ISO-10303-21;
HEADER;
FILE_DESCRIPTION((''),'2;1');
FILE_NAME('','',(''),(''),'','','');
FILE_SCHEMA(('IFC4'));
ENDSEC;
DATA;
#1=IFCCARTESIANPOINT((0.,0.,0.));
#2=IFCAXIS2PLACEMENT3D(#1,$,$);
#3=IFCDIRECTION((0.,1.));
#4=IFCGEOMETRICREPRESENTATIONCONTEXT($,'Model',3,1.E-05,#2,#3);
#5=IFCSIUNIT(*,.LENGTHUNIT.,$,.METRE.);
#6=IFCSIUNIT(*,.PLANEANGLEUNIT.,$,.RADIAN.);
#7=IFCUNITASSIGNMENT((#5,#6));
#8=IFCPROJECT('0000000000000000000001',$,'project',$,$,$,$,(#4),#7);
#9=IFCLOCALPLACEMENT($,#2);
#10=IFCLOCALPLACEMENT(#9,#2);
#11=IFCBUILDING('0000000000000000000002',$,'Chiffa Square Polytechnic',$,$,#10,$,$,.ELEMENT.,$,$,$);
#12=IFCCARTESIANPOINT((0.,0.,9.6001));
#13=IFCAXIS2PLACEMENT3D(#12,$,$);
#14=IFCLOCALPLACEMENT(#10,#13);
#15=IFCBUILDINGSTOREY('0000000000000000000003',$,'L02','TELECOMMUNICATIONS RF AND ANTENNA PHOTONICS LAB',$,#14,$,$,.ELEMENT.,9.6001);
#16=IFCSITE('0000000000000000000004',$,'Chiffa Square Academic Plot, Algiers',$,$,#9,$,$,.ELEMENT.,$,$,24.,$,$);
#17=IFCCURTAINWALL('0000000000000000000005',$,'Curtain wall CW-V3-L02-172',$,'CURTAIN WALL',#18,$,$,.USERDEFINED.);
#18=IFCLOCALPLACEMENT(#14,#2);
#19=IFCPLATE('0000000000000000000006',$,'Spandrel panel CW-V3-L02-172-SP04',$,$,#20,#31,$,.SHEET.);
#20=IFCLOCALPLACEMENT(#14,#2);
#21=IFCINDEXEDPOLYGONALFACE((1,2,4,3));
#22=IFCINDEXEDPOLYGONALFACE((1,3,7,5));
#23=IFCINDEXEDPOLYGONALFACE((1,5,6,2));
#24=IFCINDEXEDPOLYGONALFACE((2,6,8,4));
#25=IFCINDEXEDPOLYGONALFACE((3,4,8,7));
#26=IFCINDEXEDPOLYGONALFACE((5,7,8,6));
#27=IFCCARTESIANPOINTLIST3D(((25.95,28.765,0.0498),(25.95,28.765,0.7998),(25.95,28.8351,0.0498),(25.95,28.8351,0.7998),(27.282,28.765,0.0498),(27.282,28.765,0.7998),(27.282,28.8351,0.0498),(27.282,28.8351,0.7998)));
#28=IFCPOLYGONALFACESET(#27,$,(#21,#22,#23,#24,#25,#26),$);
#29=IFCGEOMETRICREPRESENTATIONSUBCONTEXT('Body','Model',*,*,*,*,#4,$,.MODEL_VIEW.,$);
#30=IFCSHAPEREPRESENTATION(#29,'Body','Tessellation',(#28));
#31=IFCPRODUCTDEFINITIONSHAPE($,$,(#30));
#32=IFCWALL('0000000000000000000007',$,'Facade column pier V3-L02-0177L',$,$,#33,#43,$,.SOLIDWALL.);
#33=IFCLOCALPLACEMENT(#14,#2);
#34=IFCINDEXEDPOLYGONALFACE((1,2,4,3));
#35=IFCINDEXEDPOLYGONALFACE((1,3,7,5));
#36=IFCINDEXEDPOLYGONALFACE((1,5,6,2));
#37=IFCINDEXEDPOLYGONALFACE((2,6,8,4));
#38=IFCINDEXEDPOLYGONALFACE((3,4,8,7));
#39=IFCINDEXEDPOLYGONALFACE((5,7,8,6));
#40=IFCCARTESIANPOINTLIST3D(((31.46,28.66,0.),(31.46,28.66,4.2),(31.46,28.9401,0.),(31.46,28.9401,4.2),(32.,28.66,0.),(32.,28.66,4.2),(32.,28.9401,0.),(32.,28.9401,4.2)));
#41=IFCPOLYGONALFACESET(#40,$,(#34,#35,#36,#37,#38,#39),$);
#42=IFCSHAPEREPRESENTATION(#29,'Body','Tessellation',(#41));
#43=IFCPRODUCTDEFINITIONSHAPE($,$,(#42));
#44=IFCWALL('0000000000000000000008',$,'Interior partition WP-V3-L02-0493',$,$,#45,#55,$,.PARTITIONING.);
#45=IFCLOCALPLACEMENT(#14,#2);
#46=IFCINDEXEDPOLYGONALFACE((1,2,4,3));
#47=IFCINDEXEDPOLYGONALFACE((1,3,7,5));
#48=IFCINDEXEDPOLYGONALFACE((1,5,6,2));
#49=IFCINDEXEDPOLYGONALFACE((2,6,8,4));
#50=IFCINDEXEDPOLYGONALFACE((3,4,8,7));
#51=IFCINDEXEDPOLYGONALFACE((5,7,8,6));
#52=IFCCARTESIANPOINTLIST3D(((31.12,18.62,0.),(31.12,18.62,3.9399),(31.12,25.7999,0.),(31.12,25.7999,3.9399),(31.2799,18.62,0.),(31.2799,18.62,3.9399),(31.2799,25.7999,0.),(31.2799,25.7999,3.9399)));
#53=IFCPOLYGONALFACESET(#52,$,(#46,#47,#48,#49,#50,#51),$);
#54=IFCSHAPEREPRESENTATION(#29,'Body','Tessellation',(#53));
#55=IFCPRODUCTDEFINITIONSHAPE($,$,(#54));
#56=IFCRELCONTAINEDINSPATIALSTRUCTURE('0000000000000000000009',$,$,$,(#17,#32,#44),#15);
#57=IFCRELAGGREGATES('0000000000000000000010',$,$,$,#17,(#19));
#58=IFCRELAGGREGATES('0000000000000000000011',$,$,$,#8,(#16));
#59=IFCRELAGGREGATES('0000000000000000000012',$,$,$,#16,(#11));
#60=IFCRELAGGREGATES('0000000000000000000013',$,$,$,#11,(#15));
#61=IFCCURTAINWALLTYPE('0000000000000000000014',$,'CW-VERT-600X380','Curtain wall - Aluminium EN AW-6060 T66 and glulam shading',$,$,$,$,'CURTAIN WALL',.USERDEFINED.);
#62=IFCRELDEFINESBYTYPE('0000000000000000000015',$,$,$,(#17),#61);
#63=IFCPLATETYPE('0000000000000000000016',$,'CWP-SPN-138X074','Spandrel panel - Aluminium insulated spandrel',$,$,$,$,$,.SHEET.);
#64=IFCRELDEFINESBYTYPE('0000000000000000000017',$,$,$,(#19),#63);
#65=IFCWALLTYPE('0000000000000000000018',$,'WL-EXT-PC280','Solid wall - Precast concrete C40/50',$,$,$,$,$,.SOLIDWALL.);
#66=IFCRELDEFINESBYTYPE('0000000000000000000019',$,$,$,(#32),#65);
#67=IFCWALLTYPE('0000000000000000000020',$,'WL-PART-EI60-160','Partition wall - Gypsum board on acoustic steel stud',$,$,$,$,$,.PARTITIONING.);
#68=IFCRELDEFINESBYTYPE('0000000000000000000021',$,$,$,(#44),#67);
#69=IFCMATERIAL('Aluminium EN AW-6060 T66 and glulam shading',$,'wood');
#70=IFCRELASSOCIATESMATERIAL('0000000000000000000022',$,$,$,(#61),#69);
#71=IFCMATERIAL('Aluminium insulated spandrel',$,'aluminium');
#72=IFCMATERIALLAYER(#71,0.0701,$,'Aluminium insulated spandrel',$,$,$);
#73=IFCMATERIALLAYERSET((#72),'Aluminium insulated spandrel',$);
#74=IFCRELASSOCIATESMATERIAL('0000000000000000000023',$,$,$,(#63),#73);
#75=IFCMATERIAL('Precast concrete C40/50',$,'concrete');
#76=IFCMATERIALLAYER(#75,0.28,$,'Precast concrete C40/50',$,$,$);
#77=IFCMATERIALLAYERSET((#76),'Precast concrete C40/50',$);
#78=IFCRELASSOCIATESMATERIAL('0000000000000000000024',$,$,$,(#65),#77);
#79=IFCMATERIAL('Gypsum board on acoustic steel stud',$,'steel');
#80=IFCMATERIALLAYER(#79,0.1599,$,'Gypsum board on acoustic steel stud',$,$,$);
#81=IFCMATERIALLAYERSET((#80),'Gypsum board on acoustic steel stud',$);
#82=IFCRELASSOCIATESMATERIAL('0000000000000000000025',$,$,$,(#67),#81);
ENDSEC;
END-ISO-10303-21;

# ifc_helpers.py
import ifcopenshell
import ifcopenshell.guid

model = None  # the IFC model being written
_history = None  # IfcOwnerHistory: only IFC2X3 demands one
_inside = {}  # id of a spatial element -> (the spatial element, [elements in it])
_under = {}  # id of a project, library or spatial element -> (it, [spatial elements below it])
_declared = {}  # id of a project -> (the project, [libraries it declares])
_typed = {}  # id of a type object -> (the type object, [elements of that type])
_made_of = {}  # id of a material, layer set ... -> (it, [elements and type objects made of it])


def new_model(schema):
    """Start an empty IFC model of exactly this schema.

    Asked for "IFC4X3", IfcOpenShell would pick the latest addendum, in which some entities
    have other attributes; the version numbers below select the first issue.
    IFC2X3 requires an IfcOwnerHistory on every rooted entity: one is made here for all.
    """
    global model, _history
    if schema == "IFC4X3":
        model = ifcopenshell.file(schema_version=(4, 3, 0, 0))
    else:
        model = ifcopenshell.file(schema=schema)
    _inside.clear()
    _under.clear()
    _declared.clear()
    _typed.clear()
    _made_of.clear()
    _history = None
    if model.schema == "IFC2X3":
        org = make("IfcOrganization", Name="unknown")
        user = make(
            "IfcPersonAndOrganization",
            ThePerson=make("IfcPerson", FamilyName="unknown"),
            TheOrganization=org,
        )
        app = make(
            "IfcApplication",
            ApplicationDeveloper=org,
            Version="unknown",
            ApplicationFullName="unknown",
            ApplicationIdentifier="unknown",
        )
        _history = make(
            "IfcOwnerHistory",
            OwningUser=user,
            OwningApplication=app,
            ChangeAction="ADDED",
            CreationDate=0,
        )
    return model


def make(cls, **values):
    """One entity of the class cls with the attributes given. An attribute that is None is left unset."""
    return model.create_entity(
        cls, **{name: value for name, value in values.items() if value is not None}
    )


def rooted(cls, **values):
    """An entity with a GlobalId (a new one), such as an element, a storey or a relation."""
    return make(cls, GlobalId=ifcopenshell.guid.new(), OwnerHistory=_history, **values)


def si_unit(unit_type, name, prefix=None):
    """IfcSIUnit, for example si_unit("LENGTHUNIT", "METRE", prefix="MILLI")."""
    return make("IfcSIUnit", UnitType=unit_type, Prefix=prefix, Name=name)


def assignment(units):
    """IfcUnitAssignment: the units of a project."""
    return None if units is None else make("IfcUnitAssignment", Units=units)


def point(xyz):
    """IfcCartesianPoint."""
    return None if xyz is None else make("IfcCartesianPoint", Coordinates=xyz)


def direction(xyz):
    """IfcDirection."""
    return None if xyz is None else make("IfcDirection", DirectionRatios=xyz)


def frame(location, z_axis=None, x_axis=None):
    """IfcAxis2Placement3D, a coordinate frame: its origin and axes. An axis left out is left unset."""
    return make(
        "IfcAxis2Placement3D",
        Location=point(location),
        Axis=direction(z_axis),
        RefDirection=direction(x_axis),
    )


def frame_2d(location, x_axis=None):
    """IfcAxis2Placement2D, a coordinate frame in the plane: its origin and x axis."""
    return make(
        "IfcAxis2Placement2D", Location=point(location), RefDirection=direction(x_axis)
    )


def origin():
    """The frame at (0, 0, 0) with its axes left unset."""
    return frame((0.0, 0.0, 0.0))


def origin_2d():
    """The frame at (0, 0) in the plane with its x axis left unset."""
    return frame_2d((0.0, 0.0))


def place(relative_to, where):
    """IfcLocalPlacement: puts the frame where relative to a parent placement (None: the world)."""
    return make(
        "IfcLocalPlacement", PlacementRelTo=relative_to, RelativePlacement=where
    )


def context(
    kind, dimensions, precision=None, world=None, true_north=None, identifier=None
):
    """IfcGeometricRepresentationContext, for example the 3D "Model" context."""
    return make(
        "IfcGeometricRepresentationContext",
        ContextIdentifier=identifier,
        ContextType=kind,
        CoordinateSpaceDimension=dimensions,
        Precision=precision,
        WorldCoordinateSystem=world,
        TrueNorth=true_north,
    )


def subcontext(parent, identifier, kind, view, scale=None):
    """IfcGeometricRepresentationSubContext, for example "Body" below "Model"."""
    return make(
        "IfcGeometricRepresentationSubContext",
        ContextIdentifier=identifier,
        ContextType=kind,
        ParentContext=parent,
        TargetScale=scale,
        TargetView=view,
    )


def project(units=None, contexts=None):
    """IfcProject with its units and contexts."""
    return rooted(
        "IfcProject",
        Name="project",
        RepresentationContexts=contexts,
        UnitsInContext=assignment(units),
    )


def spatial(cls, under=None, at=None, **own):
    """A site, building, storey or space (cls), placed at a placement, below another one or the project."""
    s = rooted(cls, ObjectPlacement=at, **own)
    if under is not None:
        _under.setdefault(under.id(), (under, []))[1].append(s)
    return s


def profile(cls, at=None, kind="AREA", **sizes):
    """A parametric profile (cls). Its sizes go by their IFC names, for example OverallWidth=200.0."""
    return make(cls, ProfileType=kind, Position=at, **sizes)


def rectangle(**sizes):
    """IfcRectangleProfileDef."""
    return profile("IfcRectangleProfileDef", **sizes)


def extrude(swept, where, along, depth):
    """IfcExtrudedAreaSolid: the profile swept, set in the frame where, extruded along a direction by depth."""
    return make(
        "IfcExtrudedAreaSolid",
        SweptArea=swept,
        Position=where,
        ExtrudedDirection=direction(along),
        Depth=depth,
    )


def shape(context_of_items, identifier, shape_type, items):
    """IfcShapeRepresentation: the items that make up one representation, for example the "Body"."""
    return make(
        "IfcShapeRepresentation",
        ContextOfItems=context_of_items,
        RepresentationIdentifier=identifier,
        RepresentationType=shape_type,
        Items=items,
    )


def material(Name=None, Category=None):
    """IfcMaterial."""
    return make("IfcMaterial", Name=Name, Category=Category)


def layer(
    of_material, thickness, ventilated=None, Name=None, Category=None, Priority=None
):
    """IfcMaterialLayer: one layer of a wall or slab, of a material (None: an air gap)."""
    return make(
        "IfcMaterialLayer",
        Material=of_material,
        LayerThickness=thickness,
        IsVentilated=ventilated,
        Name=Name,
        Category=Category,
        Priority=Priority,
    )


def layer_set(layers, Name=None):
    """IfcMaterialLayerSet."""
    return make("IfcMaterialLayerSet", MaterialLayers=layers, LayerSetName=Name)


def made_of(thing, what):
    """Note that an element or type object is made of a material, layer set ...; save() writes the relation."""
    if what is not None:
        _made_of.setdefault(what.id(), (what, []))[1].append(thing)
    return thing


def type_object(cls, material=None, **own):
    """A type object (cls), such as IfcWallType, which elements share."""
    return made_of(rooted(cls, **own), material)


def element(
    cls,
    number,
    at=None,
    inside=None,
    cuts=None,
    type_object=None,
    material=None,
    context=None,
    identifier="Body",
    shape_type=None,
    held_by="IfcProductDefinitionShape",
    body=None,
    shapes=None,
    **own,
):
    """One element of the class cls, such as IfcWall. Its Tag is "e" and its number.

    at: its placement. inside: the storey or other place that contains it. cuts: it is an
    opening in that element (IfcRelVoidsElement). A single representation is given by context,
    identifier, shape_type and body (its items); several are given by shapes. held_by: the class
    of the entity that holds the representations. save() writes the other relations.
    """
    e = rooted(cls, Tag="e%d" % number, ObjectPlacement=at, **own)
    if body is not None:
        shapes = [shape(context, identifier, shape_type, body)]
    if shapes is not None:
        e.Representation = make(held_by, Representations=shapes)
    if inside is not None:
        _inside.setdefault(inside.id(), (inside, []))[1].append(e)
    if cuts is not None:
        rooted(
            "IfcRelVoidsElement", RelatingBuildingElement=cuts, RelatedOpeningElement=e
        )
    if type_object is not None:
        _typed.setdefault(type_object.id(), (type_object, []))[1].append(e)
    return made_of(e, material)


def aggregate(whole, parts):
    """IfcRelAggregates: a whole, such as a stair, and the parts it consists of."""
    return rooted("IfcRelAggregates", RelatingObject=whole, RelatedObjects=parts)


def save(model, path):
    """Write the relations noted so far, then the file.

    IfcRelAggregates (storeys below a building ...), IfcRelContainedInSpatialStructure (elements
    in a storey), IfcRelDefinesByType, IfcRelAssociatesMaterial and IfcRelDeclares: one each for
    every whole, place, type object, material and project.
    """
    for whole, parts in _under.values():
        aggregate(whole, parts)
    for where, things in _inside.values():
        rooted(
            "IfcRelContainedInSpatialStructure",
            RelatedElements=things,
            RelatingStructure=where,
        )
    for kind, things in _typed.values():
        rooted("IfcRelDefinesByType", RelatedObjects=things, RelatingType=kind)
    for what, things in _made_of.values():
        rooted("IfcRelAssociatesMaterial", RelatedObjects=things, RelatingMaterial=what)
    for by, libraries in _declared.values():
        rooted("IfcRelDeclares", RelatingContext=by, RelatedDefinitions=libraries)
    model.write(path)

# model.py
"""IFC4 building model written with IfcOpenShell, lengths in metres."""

from ifc_helpers import new_model, si_unit, direction, frame, frame_2d, origin, origin_2d, place, context, subcontext, project, spatial, rectangle, extrude, material, layer, layer_set, type_object, element, aggregate, save


model = new_model("IFC4")

# Units and contexts
model_context = context("Model", 3, precision=1e-05, world=origin(), true_north=direction((0.0, 1.0)))
body_context = subcontext(model_context, "Body", "Model", "MODEL_VIEW")
ifc_project = project(units=[si_unit("LENGTHUNIT", "METRE"), si_unit("PLANEANGLEUNIT", "RADIAN")], contexts=[model_context])

# Site, building, storey
site_placement = place(None, origin())
site = spatial("IfcSite", under=ifc_project, at=site_placement, Name="Chiffa Square Academic Plot, Algiers", CompositionType="ELEMENT", RefElevation=24.0)
building_placement = place(site_placement, origin())
building = spatial("IfcBuilding", under=site, at=building_placement, Name="Chiffa Square Polytechnic", CompositionType="ELEMENT")
storey_placement = place(building_placement, frame((0.0, 0.0, 9.6001)))
storey = spatial("IfcBuildingStorey", under=building, at=storey_placement, Name="L02", Description="TELECOMMUNICATIONS RF AND ANTENNA PHOTONICS LAB", CompositionType="ELEMENT", Elevation=9.6001)

# Curtain wall, plate
ifc_material_1 = material(Name="Aluminium EN AW-6060 T66 and glulam shading", Category="wood")
curtain_wall_type = type_object("IfcCurtainWallType", Name="CW-VERT-600X380", Description="Curtain wall - Aluminium EN AW-6060 T66 and glulam shading", ElementType="CURTAIN WALL", PredefinedType="USERDEFINED", material=ifc_material_1)
curtain_wall_placement = place(storey_placement, origin())
curtain_wall = element("IfcCurtainWall", 1, at=curtain_wall_placement, inside=storey, type_object=curtain_wall_type, Name="Curtain wall CW-V3-L02-172", ObjectType="CURTAIN WALL", PredefinedType="USERDEFINED")
ifc_material_2 = material(Name="Aluminium insulated spandrel", Category="aluminium")
ifc_layer_1 = layer(ifc_material_2, 0.0701, Name="Aluminium insulated spandrel")
ifc_layer_set_1 = layer_set([ifc_layer_1], Name="Aluminium insulated spandrel")
plate_type_1 = type_object("IfcPlateType", Name="CWP-SPN-138X074", Description="Spandrel panel - Aluminium insulated spandrel", PredefinedType="SHEET", material=ifc_layer_set_1)
plate_1_placement = place(storey_placement, frame((26.616, 28.8, 0.0498), z_axis=(0.0, 0.0, 1.0), x_axis=(-1.0, 0.0, 0.0)))
plate_1 = element("IfcPlate", 2, at=plate_1_placement, type_object=plate_type_1, Name="Spandrel panel CW-V3-L02-172-SP04", PredefinedType="SHEET", context=body_context, shape_type="SweptSolid", body=[
    extrude(rectangle(XDim=1.332, YDim=0.0701, at=origin_2d()), origin(), (0.0, 0.0, 1.0), 0.75),
])
aggregate(curtain_wall, [plate_1])

# Walls
ifc_material_3 = material(Name="Precast concrete C40/50", Category="concrete")
ifc_layer_2 = layer(ifc_material_3, 0.28, Name="Precast concrete C40/50")
ifc_layer_set_2 = layer_set([ifc_layer_2], Name="Precast concrete C40/50")
wall_type_1 = type_object("IfcWallType", Name="WL-EXT-PC280", Description="Solid wall - Precast concrete C40/50", PredefinedType="SOLIDWALL", material=ifc_layer_set_2)
wall_1_placement = place(storey_placement, frame((32.0, 28.8, 0.0), z_axis=(0.0, 0.0, 1.0), x_axis=(-1.0, 0.0, 0.0)))
element("IfcWall", 3, at=wall_1_placement, inside=storey, type_object=wall_type_1, Name="Facade column pier V3-L02-0177L", PredefinedType="SOLIDWALL", context=body_context, shape_type="SweptSolid", body=[
    extrude(rectangle(XDim=0.54, YDim=0.28, at=frame_2d((0.27, 0.0))), origin(), (0.0, 0.0, 1.0), 4.2),
])
ifc_material_4 = material(Name="Gypsum board on acoustic steel stud", Category="steel")
ifc_layer_3 = layer(ifc_material_4, 0.1599, Name="Gypsum board on acoustic steel stud")
ifc_layer_set_3 = layer_set([ifc_layer_3], Name="Gypsum board on acoustic steel stud")
wall_type_2 = type_object("IfcWallType", Name="WL-PART-EI60-160", Description="Partition wall - Gypsum board on acoustic steel stud", PredefinedType="PARTITIONING", material=ifc_layer_set_3)
wall_2_placement = place(storey_placement, frame((31.2, 18.6201, 0.0), z_axis=(0.0, 0.0, 1.0), x_axis=(0.0, 1.0, 0.0)))
element("IfcWall", 4, at=wall_2_placement, inside=storey, type_object=wall_type_2, Name="Interior partition WP-V3-L02-0493", PredefinedType="PARTITIONING", context=body_context, shape_type="SweptSolid", body=[
    extrude(rectangle(XDim=7.1799, YDim=0.1599, at=frame_2d((3.5898, 0.0))), origin(), (0.0, 0.0, 1.0), 3.9399),
])

save(model, "model.ifc")
